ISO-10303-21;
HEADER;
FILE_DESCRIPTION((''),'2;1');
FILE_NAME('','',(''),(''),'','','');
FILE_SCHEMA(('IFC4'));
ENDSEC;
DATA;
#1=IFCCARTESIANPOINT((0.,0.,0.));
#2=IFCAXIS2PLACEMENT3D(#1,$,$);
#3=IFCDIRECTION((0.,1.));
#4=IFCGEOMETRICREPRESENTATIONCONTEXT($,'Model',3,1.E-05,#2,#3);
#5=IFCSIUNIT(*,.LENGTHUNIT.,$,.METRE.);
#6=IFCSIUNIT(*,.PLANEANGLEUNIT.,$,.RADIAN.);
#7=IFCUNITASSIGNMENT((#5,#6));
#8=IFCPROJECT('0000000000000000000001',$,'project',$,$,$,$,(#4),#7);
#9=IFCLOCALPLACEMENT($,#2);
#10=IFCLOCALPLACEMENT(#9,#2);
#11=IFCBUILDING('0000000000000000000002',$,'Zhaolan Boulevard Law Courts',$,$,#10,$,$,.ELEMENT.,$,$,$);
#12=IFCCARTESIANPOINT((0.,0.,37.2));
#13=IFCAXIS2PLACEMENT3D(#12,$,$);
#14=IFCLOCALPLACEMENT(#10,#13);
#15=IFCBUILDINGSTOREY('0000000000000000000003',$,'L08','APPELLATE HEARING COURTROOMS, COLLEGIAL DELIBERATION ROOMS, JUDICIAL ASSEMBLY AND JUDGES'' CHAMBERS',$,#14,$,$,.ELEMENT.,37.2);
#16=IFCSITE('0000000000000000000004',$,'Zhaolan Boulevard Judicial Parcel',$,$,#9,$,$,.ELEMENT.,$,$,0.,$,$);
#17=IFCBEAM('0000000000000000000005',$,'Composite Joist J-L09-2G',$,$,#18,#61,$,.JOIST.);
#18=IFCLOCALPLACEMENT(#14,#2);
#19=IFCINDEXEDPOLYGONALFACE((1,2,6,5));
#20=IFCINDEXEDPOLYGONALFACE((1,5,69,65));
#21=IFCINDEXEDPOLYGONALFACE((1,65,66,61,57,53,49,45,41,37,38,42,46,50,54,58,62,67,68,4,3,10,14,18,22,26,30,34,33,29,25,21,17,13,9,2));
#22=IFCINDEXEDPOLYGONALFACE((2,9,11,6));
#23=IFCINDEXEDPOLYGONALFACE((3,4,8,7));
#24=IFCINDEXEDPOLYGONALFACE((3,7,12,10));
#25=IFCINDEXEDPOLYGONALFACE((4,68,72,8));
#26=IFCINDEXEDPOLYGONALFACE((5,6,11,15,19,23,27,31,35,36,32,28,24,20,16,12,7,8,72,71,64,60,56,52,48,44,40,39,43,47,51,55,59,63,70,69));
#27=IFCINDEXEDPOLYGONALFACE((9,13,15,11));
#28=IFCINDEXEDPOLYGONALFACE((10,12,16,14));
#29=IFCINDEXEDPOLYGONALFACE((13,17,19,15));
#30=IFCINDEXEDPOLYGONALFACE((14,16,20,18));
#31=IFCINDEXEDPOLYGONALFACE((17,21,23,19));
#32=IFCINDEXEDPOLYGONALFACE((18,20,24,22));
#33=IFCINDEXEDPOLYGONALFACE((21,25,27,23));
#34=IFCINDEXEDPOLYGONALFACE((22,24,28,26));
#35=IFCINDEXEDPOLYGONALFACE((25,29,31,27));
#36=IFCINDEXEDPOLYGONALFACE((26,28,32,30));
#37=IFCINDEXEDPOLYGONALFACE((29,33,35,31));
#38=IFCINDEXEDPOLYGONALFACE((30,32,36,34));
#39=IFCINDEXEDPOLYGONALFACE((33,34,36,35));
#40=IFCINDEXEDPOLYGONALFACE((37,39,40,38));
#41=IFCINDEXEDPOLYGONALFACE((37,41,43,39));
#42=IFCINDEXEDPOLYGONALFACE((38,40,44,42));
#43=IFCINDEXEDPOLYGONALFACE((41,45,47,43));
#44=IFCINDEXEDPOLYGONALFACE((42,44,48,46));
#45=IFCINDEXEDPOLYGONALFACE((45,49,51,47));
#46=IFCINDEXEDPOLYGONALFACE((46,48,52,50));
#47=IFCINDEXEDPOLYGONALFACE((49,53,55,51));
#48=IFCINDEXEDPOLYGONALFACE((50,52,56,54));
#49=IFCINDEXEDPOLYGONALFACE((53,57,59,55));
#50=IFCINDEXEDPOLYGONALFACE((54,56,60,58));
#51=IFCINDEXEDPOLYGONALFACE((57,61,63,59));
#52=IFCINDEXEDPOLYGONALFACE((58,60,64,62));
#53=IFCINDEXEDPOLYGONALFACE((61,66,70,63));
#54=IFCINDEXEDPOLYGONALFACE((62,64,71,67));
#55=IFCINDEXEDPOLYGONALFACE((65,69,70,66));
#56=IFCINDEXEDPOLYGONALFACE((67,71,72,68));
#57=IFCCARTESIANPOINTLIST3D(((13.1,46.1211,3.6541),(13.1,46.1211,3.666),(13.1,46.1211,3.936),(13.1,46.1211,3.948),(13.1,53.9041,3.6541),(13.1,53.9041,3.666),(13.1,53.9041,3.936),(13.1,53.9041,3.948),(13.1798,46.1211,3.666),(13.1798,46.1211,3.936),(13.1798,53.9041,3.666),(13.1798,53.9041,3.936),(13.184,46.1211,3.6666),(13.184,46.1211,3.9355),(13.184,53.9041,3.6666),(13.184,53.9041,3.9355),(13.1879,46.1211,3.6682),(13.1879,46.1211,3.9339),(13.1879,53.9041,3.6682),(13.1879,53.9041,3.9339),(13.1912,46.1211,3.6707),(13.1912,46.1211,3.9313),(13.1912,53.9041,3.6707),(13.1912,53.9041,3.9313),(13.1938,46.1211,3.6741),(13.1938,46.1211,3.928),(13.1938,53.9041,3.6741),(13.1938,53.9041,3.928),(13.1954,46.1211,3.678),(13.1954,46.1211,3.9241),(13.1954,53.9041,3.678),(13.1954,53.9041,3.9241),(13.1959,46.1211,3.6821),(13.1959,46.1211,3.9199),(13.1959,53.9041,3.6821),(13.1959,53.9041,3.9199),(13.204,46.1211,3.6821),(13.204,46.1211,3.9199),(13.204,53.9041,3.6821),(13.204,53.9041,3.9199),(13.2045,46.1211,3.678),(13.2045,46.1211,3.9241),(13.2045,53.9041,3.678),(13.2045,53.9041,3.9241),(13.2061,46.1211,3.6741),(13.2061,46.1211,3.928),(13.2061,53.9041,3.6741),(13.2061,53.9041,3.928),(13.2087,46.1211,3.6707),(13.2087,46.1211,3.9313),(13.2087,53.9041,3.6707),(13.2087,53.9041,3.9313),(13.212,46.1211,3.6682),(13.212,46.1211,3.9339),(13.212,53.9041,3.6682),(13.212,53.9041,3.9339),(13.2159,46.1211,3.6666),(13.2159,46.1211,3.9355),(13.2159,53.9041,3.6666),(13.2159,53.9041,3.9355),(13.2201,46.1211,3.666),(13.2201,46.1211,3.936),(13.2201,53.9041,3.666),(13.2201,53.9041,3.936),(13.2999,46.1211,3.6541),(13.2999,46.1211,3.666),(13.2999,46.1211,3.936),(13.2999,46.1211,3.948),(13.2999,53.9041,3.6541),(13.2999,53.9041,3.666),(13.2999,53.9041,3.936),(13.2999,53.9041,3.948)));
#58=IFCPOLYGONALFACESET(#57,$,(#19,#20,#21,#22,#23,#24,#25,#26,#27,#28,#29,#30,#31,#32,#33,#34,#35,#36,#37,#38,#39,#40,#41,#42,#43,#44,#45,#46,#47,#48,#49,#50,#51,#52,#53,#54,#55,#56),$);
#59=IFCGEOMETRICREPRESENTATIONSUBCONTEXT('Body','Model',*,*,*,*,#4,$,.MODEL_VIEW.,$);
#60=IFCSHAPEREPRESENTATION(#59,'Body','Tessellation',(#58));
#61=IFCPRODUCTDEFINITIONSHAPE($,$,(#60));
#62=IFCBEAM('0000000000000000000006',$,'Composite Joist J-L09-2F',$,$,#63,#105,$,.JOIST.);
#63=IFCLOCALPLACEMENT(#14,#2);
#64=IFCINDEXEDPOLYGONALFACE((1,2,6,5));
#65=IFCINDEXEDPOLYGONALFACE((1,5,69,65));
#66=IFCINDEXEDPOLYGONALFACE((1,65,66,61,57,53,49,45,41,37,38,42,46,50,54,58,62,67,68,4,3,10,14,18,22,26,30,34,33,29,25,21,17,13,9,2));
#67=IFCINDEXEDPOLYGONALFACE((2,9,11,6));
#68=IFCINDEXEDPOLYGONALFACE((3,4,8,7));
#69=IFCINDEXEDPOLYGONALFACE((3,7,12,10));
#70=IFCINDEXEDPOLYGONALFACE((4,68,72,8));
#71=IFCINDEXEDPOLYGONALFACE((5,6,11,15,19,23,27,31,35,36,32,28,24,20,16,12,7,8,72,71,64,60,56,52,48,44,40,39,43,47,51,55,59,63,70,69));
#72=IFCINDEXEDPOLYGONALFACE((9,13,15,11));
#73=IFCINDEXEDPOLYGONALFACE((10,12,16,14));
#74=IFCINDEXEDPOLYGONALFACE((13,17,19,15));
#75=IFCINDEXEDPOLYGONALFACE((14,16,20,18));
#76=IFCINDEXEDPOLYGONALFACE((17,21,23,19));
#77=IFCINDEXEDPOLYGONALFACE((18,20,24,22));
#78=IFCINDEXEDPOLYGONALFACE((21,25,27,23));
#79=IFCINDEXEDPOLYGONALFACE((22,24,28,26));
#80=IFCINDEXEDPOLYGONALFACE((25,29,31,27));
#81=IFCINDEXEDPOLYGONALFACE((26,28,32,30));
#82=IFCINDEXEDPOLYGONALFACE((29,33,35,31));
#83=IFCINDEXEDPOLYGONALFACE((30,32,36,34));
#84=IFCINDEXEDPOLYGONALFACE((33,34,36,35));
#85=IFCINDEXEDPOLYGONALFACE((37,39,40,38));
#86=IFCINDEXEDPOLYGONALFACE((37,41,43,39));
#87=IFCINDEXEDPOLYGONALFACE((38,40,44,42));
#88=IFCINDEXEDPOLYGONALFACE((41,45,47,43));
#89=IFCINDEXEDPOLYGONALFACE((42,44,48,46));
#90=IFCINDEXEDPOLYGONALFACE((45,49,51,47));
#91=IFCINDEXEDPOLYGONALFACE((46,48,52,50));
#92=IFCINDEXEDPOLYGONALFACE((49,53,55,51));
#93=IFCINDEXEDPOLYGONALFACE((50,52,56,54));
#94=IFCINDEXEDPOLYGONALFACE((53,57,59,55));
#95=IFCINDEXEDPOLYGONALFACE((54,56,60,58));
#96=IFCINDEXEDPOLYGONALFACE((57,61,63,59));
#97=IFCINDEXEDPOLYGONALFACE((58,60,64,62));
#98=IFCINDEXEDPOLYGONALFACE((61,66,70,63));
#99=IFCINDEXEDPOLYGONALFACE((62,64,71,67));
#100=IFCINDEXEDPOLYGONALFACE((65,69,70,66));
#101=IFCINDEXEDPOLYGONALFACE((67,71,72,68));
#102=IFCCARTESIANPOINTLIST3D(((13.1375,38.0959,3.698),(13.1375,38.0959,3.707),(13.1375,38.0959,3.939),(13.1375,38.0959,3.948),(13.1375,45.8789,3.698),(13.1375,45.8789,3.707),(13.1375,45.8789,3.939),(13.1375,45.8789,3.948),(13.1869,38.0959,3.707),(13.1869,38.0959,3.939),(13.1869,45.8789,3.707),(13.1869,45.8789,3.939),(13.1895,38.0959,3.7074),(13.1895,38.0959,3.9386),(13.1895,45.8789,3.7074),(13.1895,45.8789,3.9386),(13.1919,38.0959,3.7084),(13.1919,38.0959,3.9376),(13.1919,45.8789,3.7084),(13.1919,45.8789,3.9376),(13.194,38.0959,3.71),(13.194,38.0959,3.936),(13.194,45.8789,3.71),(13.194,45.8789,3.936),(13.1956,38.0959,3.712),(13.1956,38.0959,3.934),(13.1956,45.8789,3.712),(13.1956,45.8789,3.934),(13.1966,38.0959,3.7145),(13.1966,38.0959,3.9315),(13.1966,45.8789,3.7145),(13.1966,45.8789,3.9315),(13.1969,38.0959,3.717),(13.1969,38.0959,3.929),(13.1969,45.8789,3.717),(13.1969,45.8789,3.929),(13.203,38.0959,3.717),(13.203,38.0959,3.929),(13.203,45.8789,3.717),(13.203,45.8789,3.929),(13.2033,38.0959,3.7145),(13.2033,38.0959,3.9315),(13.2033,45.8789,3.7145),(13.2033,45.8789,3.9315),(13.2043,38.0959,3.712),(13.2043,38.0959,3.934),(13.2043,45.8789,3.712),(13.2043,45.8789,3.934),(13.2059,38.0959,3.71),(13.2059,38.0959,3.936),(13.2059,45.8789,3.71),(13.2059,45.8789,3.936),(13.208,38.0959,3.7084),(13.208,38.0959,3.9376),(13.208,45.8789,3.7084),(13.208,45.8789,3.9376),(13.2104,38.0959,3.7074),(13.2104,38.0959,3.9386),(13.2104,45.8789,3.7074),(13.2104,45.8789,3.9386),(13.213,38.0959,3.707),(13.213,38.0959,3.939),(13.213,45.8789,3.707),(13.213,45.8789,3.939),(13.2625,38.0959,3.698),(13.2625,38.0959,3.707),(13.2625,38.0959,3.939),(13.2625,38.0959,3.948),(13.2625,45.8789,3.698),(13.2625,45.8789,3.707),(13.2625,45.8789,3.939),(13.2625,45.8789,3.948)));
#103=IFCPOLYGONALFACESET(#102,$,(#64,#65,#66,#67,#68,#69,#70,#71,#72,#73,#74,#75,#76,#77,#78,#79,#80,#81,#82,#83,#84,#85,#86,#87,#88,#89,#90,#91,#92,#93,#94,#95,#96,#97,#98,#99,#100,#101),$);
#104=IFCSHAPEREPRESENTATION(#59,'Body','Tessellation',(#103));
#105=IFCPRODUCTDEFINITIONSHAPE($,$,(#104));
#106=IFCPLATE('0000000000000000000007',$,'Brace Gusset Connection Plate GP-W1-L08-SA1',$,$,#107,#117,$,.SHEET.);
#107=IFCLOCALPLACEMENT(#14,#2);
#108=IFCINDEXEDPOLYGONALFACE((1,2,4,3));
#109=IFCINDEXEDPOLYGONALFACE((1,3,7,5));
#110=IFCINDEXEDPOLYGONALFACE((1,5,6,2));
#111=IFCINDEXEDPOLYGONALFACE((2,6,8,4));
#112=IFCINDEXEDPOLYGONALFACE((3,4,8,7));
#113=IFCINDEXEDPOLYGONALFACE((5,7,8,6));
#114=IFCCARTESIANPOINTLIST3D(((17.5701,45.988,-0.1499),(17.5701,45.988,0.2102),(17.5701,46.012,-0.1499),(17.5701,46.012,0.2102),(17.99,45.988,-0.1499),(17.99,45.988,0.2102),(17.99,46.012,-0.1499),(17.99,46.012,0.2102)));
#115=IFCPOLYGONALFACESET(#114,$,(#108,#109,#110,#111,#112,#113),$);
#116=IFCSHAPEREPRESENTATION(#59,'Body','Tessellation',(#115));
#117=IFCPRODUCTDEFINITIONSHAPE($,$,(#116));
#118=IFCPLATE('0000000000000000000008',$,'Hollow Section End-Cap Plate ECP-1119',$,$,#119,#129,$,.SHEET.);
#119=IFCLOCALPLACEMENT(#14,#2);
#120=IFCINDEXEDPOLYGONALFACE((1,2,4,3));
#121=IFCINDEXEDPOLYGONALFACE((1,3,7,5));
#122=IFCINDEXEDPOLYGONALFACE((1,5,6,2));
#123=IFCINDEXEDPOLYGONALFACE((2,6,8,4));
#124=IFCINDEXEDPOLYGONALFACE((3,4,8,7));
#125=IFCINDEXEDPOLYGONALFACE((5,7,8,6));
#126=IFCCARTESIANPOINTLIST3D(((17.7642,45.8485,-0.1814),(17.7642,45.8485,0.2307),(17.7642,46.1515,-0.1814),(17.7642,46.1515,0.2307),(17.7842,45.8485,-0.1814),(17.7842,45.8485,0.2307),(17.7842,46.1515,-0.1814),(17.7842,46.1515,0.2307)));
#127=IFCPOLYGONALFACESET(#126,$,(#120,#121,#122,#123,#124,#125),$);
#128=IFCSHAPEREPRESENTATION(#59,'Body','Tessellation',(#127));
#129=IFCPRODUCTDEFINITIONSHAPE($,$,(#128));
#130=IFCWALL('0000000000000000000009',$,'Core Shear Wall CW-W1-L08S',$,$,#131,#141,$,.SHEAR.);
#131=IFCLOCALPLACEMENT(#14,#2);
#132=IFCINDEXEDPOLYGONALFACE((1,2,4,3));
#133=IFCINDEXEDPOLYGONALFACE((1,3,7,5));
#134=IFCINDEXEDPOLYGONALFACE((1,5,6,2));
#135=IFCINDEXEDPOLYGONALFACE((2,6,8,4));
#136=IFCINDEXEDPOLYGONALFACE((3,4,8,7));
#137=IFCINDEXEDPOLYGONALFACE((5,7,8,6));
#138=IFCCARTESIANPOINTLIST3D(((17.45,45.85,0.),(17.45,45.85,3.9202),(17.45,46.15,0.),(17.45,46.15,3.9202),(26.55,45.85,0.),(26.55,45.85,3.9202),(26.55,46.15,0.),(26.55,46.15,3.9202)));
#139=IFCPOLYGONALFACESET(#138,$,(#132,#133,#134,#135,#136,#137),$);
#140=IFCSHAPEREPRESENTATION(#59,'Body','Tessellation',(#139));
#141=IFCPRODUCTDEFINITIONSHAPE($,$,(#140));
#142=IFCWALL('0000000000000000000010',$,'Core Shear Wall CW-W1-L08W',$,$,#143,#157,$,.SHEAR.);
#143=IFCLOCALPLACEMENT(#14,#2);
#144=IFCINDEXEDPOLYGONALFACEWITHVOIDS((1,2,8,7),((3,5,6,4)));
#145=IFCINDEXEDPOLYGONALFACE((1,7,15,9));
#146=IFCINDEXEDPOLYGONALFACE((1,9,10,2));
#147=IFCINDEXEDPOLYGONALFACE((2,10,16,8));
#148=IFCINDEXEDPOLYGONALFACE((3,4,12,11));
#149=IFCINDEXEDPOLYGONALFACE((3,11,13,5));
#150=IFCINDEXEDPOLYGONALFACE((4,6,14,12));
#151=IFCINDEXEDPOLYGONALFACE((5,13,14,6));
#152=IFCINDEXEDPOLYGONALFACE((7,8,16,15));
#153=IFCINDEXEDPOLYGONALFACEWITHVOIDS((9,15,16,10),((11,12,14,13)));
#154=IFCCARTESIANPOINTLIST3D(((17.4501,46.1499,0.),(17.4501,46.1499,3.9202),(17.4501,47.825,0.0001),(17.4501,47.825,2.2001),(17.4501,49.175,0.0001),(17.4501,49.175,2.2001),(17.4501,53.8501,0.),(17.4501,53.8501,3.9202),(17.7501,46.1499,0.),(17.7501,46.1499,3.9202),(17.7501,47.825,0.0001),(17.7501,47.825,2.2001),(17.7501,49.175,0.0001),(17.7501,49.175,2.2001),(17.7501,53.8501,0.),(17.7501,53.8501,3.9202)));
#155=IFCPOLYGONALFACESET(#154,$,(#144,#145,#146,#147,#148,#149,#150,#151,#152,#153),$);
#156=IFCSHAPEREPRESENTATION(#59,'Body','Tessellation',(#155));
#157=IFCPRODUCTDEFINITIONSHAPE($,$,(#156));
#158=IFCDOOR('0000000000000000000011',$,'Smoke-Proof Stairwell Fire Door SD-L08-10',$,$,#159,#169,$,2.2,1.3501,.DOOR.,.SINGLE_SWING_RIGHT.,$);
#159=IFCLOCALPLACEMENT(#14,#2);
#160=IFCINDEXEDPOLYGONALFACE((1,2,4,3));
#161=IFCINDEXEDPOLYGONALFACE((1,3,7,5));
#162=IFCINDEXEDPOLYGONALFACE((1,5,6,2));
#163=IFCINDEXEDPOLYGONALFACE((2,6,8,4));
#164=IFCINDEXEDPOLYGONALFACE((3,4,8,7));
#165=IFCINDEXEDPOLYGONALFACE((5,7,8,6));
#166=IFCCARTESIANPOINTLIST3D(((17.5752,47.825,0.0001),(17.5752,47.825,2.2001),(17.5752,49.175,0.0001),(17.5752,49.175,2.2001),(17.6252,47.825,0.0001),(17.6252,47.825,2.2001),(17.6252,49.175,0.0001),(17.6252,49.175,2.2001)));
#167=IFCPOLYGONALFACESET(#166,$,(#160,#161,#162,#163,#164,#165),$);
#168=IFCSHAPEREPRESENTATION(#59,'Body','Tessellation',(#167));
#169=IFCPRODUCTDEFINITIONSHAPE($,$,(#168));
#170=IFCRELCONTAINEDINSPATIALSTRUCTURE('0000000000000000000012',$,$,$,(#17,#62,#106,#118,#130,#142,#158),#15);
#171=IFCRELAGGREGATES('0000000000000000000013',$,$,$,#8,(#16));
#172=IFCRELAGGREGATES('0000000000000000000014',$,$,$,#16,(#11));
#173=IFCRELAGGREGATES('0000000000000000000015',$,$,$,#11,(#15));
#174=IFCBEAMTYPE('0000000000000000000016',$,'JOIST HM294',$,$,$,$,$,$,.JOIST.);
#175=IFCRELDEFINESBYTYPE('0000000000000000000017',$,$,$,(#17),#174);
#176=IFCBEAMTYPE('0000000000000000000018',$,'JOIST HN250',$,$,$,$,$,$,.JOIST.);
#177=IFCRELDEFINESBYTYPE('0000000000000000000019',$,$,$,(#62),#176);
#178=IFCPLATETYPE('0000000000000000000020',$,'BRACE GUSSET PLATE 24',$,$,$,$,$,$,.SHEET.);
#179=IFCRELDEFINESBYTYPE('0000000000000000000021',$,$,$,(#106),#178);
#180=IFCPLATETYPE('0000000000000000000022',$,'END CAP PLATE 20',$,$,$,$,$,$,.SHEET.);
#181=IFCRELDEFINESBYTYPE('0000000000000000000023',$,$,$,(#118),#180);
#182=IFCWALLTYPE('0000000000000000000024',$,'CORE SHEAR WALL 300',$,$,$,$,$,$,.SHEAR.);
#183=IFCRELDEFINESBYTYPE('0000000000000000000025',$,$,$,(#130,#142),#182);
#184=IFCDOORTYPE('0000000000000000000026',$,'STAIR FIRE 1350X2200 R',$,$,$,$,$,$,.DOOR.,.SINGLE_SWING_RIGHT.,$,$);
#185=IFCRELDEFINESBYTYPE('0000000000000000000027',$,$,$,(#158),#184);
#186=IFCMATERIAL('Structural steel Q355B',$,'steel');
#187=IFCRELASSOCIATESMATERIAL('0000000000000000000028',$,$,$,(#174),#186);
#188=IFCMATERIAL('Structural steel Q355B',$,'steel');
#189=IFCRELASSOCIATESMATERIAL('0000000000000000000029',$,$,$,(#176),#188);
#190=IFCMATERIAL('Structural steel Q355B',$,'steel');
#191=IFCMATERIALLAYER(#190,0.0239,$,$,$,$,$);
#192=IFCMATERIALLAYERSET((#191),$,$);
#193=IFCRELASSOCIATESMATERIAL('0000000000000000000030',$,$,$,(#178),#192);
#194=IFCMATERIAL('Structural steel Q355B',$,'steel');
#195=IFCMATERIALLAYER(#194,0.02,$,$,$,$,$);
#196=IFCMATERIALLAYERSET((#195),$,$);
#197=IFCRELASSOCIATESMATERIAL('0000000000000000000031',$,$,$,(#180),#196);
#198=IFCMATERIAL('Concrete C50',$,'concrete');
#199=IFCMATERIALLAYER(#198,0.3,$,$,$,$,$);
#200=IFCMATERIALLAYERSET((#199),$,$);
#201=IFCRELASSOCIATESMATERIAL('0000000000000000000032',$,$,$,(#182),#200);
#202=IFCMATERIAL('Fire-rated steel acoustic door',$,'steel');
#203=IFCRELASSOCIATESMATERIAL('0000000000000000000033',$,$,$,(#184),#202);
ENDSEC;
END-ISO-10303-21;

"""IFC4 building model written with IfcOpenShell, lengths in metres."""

from ifc_helpers import new_model, si_unit, direction, frame, frame_2d, origin, origin_2d, place, context, subcontext, project, spatial, rectangle, i_section, extrude, material, layer, layer_set, material_profile, profile_set, type_object, element, fill, save


model = new_model("IFC4")

# Units and contexts
model_context = context("Model", 3, precision=1e-05, world=origin(), true_north=direction((0.0, 1.0)))
body_context = subcontext(model_context, "Body", "Model", "MODEL_VIEW")
ifc_project = project(units=[si_unit("LENGTHUNIT", "METRE"), si_unit("PLANEANGLEUNIT", "RADIAN")], contexts=[model_context])

# Site, building, storey
site_placement = place(None, origin())
site = spatial("IfcSite", under=ifc_project, at=site_placement, Name="Zhaolan Boulevard Judicial Parcel", CompositionType="ELEMENT", RefElevation=0.0)
building_placement = place(site_placement, origin())
building = spatial("IfcBuilding", under=site, at=building_placement, Name="Zhaolan Boulevard Law Courts", CompositionType="ELEMENT")
storey_placement = place(building_placement, frame((0.0, 0.0, 37.2)))
storey = spatial("IfcBuildingStorey", under=building, at=storey_placement, Name="L08", Description="APPELLATE HEARING COURTROOMS, COLLEGIAL DELIBERATION ROOMS, JUDICIAL ASSEMBLY AND JUDGES' CHAMBERS", CompositionType="ELEMENT", Elevation=37.2)

# Beams
ifc_material_1 = material(Name="Structural steel Q355B", Category="steel")
ifc_material_profile_1 = material_profile(ifc_material_1, i_section(OverallWidth=0.2, OverallDepth=0.2939, WebThickness=0.0081, FlangeThickness=0.012, FilletRadius=0.0161, at=origin_2d()), Name="HM294x200")
ifc_profile_set_1 = profile_set([ifc_material_profile_1], Name="Structural steel Q355B")
beam_type_1 = type_object("IfcBeamType", Name="JOIST HM294", PredefinedType="JOIST", material=ifc_profile_set_1)
beam_1_placement = place(storey_placement, frame((13.2, 46.1211, 3.801), z_axis=(0.0, 1.0, 0.0), x_axis=(-1.0, 0.0, 0.0)))
element("IfcBeam", 1, at=beam_1_placement, inside=storey, type_object=beam_type_1, Name="Composite Joist J-L09-2G", PredefinedType="JOIST", context=body_context, shape_type="SweptSolid", body=[
    extrude(i_section(OverallWidth=0.2, OverallDepth=0.2939, WebThickness=0.0081, FlangeThickness=0.012, FilletRadius=0.0161, at=origin_2d()), origin(), (0.0, 0.0, 1.0), 7.783),
])
ifc_material_2 = material(Name="Structural steel Q355B", Category="steel")
ifc_material_profile_2 = material_profile(ifc_material_2, i_section(OverallWidth=0.125, OverallDepth=0.25, WebThickness=0.0061, FlangeThickness=0.009, FilletRadius=0.01, at=origin_2d()), Name="HN250x125")
ifc_profile_set_2 = profile_set([ifc_material_profile_2], Name="Structural steel Q355B")
beam_type_2 = type_object("IfcBeamType", Name="JOIST HN250", PredefinedType="JOIST", material=ifc_profile_set_2)
beam_2_placement = place(storey_placement, frame((13.2, 38.0959, 3.823), z_axis=(0.0, 1.0, 0.0), x_axis=(-1.0, 0.0, 0.0)))
element("IfcBeam", 2, at=beam_2_placement, inside=storey, type_object=beam_type_2, Name="Composite Joist J-L09-2F", PredefinedType="JOIST", context=body_context, shape_type="SweptSolid", body=[
    extrude(i_section(OverallWidth=0.125, OverallDepth=0.25, WebThickness=0.0061, FlangeThickness=0.009, FilletRadius=0.01, at=origin_2d()), origin(), (0.0, 0.0, 1.0), 7.783),
])

# Plates
ifc_material_3 = material(Name="Structural steel Q355B", Category="steel")
ifc_layer_1 = layer(ifc_material_3, 0.0239)
ifc_layer_set_1 = layer_set([ifc_layer_1])
plate_type_1 = type_object("IfcPlateType", Name="BRACE GUSSET PLATE 24", PredefinedType="SHEET", material=ifc_layer_set_1)
plate_1_placement = place(storey_placement, frame((17.78, 46.0, -0.1499), z_axis=(0.0, 0.0, 1.0), x_axis=(1.0, 0.0, 0.0)))
element("IfcPlate", 3, at=plate_1_placement, inside=storey, type_object=plate_type_1, Name="Brace Gusset Connection Plate GP-W1-L08-SA1", PredefinedType="SHEET", context=body_context, shape_type="SweptSolid", body=[
    extrude(rectangle(XDim=0.4199, YDim=0.0239, at=origin_2d()), origin(), (0.0, 0.0, 1.0), 0.3601),
])
ifc_material_4 = material(Name="Structural steel Q355B", Category="steel")
ifc_layer_2 = layer(ifc_material_4, 0.02)
ifc_layer_set_2 = layer_set([ifc_layer_2])
plate_type_2 = type_object("IfcPlateType", Name="END CAP PLATE 20", PredefinedType="SHEET", material=ifc_layer_set_2)
plate_2_placement = place(storey_placement, frame((17.7742, 46.0, -0.1814), z_axis=(0.0, 0.0, 1.0), x_axis=(1.0, 0.0, 0.0)))
element("IfcPlate", 4, at=plate_2_placement, inside=storey, type_object=plate_type_2, Name="Hollow Section End-Cap Plate ECP-1119", PredefinedType="SHEET", context=body_context, shape_type="SweptSolid", body=[
    extrude(rectangle(XDim=0.02, YDim=0.303, at=origin_2d()), origin(), (0.0, 0.0, 1.0), 0.4121),
])

# Wall
ifc_material_5 = material(Name="Concrete C50", Category="concrete")
ifc_layer_3 = layer(ifc_material_5, 0.3)
ifc_layer_set_3 = layer_set([ifc_layer_3])
wall_type_1 = type_object("IfcWallType", Name="CORE SHEAR WALL 300", PredefinedType="SHEAR", material=ifc_layer_set_3)
wall_1_placement = place(storey_placement, frame((17.45, 46.0, 0.0), z_axis=(0.0, 0.0, 1.0), x_axis=(1.0, 0.0, 0.0)))
element("IfcWall", 5, at=wall_1_placement, inside=storey, type_object=wall_type_1, Name="Core Shear Wall CW-W1-L08S", PredefinedType="SHEAR", context=body_context, shape_type="SweptSolid", body=[
    extrude(rectangle(XDim=9.1001, YDim=0.3, at=frame_2d((4.55, 0.0))), origin(), (0.0, 0.0, 1.0), 3.9202),
])

# Wall, opening, door
wall_2_placement = place(storey_placement, frame((17.6001, 46.1499, 0.0), z_axis=(0.0, 0.0, 1.0), x_axis=(0.0, 1.0, 0.0)))
wall_2 = element("IfcWall", 6, at=wall_2_placement, inside=storey, type_object=wall_type_1, Name="Core Shear Wall CW-W1-L08W", PredefinedType="SHEAR", context=body_context, shape_type="SweptSolid", body=[
    extrude(rectangle(XDim=7.7002, YDim=0.3, at=frame_2d((3.8501, 0.0))), origin(), (0.0, 0.0, 1.0), 3.9202),
])
opening_1_placement = place(wall_2_placement, frame((1.675, 0.0, 0.0)))
opening_1 = element("IfcOpeningElement", 7, at=opening_1_placement, cuts=wall_2, PredefinedType="OPENING", context=body_context, shape_type="SweptSolid", body=[
    extrude(rectangle(XDim=1.3501, YDim=2.2, at=frame_2d((0.675, 1.1001))), frame((0.0, 0.1599, 0.0), z_axis=(0.0, -1.0, 0.0), x_axis=(1.0, 0.0, 0.0)), (0.0, 0.0, 1.0), 0.3201),
])
ifc_material_6 = material(Name="Fire-rated steel acoustic door", Category="steel")
door_type_1 = type_object("IfcDoorType", Name="STAIR FIRE 1350X2200 R", OperationType="SINGLE_SWING_RIGHT", PredefinedType="DOOR", material=ifc_material_6)
door_1_placement = place(opening_1_placement, origin())
door_1 = element("IfcDoor", 8, at=door_1_placement, inside=storey, type_object=door_type_1, Name="Smoke-Proof Stairwell Fire Door SD-L08-10", OperationType="SINGLE_SWING_RIGHT", OverallHeight=2.2, OverallWidth=1.3501, PredefinedType="DOOR", context=body_context, shape_type="SweptSolid", body=[
    extrude(rectangle(XDim=1.3501, YDim=2.2, at=frame_2d((0.675, 1.1001))), frame((0.0, 0.0249, 0.0), z_axis=(0.0, -1.0, 0.0), x_axis=(1.0, 0.0, 0.0)), (0.0, 0.0, 1.0), 0.05),
])
fill(opening_1, door_1)

save(model, "model.ifc")
